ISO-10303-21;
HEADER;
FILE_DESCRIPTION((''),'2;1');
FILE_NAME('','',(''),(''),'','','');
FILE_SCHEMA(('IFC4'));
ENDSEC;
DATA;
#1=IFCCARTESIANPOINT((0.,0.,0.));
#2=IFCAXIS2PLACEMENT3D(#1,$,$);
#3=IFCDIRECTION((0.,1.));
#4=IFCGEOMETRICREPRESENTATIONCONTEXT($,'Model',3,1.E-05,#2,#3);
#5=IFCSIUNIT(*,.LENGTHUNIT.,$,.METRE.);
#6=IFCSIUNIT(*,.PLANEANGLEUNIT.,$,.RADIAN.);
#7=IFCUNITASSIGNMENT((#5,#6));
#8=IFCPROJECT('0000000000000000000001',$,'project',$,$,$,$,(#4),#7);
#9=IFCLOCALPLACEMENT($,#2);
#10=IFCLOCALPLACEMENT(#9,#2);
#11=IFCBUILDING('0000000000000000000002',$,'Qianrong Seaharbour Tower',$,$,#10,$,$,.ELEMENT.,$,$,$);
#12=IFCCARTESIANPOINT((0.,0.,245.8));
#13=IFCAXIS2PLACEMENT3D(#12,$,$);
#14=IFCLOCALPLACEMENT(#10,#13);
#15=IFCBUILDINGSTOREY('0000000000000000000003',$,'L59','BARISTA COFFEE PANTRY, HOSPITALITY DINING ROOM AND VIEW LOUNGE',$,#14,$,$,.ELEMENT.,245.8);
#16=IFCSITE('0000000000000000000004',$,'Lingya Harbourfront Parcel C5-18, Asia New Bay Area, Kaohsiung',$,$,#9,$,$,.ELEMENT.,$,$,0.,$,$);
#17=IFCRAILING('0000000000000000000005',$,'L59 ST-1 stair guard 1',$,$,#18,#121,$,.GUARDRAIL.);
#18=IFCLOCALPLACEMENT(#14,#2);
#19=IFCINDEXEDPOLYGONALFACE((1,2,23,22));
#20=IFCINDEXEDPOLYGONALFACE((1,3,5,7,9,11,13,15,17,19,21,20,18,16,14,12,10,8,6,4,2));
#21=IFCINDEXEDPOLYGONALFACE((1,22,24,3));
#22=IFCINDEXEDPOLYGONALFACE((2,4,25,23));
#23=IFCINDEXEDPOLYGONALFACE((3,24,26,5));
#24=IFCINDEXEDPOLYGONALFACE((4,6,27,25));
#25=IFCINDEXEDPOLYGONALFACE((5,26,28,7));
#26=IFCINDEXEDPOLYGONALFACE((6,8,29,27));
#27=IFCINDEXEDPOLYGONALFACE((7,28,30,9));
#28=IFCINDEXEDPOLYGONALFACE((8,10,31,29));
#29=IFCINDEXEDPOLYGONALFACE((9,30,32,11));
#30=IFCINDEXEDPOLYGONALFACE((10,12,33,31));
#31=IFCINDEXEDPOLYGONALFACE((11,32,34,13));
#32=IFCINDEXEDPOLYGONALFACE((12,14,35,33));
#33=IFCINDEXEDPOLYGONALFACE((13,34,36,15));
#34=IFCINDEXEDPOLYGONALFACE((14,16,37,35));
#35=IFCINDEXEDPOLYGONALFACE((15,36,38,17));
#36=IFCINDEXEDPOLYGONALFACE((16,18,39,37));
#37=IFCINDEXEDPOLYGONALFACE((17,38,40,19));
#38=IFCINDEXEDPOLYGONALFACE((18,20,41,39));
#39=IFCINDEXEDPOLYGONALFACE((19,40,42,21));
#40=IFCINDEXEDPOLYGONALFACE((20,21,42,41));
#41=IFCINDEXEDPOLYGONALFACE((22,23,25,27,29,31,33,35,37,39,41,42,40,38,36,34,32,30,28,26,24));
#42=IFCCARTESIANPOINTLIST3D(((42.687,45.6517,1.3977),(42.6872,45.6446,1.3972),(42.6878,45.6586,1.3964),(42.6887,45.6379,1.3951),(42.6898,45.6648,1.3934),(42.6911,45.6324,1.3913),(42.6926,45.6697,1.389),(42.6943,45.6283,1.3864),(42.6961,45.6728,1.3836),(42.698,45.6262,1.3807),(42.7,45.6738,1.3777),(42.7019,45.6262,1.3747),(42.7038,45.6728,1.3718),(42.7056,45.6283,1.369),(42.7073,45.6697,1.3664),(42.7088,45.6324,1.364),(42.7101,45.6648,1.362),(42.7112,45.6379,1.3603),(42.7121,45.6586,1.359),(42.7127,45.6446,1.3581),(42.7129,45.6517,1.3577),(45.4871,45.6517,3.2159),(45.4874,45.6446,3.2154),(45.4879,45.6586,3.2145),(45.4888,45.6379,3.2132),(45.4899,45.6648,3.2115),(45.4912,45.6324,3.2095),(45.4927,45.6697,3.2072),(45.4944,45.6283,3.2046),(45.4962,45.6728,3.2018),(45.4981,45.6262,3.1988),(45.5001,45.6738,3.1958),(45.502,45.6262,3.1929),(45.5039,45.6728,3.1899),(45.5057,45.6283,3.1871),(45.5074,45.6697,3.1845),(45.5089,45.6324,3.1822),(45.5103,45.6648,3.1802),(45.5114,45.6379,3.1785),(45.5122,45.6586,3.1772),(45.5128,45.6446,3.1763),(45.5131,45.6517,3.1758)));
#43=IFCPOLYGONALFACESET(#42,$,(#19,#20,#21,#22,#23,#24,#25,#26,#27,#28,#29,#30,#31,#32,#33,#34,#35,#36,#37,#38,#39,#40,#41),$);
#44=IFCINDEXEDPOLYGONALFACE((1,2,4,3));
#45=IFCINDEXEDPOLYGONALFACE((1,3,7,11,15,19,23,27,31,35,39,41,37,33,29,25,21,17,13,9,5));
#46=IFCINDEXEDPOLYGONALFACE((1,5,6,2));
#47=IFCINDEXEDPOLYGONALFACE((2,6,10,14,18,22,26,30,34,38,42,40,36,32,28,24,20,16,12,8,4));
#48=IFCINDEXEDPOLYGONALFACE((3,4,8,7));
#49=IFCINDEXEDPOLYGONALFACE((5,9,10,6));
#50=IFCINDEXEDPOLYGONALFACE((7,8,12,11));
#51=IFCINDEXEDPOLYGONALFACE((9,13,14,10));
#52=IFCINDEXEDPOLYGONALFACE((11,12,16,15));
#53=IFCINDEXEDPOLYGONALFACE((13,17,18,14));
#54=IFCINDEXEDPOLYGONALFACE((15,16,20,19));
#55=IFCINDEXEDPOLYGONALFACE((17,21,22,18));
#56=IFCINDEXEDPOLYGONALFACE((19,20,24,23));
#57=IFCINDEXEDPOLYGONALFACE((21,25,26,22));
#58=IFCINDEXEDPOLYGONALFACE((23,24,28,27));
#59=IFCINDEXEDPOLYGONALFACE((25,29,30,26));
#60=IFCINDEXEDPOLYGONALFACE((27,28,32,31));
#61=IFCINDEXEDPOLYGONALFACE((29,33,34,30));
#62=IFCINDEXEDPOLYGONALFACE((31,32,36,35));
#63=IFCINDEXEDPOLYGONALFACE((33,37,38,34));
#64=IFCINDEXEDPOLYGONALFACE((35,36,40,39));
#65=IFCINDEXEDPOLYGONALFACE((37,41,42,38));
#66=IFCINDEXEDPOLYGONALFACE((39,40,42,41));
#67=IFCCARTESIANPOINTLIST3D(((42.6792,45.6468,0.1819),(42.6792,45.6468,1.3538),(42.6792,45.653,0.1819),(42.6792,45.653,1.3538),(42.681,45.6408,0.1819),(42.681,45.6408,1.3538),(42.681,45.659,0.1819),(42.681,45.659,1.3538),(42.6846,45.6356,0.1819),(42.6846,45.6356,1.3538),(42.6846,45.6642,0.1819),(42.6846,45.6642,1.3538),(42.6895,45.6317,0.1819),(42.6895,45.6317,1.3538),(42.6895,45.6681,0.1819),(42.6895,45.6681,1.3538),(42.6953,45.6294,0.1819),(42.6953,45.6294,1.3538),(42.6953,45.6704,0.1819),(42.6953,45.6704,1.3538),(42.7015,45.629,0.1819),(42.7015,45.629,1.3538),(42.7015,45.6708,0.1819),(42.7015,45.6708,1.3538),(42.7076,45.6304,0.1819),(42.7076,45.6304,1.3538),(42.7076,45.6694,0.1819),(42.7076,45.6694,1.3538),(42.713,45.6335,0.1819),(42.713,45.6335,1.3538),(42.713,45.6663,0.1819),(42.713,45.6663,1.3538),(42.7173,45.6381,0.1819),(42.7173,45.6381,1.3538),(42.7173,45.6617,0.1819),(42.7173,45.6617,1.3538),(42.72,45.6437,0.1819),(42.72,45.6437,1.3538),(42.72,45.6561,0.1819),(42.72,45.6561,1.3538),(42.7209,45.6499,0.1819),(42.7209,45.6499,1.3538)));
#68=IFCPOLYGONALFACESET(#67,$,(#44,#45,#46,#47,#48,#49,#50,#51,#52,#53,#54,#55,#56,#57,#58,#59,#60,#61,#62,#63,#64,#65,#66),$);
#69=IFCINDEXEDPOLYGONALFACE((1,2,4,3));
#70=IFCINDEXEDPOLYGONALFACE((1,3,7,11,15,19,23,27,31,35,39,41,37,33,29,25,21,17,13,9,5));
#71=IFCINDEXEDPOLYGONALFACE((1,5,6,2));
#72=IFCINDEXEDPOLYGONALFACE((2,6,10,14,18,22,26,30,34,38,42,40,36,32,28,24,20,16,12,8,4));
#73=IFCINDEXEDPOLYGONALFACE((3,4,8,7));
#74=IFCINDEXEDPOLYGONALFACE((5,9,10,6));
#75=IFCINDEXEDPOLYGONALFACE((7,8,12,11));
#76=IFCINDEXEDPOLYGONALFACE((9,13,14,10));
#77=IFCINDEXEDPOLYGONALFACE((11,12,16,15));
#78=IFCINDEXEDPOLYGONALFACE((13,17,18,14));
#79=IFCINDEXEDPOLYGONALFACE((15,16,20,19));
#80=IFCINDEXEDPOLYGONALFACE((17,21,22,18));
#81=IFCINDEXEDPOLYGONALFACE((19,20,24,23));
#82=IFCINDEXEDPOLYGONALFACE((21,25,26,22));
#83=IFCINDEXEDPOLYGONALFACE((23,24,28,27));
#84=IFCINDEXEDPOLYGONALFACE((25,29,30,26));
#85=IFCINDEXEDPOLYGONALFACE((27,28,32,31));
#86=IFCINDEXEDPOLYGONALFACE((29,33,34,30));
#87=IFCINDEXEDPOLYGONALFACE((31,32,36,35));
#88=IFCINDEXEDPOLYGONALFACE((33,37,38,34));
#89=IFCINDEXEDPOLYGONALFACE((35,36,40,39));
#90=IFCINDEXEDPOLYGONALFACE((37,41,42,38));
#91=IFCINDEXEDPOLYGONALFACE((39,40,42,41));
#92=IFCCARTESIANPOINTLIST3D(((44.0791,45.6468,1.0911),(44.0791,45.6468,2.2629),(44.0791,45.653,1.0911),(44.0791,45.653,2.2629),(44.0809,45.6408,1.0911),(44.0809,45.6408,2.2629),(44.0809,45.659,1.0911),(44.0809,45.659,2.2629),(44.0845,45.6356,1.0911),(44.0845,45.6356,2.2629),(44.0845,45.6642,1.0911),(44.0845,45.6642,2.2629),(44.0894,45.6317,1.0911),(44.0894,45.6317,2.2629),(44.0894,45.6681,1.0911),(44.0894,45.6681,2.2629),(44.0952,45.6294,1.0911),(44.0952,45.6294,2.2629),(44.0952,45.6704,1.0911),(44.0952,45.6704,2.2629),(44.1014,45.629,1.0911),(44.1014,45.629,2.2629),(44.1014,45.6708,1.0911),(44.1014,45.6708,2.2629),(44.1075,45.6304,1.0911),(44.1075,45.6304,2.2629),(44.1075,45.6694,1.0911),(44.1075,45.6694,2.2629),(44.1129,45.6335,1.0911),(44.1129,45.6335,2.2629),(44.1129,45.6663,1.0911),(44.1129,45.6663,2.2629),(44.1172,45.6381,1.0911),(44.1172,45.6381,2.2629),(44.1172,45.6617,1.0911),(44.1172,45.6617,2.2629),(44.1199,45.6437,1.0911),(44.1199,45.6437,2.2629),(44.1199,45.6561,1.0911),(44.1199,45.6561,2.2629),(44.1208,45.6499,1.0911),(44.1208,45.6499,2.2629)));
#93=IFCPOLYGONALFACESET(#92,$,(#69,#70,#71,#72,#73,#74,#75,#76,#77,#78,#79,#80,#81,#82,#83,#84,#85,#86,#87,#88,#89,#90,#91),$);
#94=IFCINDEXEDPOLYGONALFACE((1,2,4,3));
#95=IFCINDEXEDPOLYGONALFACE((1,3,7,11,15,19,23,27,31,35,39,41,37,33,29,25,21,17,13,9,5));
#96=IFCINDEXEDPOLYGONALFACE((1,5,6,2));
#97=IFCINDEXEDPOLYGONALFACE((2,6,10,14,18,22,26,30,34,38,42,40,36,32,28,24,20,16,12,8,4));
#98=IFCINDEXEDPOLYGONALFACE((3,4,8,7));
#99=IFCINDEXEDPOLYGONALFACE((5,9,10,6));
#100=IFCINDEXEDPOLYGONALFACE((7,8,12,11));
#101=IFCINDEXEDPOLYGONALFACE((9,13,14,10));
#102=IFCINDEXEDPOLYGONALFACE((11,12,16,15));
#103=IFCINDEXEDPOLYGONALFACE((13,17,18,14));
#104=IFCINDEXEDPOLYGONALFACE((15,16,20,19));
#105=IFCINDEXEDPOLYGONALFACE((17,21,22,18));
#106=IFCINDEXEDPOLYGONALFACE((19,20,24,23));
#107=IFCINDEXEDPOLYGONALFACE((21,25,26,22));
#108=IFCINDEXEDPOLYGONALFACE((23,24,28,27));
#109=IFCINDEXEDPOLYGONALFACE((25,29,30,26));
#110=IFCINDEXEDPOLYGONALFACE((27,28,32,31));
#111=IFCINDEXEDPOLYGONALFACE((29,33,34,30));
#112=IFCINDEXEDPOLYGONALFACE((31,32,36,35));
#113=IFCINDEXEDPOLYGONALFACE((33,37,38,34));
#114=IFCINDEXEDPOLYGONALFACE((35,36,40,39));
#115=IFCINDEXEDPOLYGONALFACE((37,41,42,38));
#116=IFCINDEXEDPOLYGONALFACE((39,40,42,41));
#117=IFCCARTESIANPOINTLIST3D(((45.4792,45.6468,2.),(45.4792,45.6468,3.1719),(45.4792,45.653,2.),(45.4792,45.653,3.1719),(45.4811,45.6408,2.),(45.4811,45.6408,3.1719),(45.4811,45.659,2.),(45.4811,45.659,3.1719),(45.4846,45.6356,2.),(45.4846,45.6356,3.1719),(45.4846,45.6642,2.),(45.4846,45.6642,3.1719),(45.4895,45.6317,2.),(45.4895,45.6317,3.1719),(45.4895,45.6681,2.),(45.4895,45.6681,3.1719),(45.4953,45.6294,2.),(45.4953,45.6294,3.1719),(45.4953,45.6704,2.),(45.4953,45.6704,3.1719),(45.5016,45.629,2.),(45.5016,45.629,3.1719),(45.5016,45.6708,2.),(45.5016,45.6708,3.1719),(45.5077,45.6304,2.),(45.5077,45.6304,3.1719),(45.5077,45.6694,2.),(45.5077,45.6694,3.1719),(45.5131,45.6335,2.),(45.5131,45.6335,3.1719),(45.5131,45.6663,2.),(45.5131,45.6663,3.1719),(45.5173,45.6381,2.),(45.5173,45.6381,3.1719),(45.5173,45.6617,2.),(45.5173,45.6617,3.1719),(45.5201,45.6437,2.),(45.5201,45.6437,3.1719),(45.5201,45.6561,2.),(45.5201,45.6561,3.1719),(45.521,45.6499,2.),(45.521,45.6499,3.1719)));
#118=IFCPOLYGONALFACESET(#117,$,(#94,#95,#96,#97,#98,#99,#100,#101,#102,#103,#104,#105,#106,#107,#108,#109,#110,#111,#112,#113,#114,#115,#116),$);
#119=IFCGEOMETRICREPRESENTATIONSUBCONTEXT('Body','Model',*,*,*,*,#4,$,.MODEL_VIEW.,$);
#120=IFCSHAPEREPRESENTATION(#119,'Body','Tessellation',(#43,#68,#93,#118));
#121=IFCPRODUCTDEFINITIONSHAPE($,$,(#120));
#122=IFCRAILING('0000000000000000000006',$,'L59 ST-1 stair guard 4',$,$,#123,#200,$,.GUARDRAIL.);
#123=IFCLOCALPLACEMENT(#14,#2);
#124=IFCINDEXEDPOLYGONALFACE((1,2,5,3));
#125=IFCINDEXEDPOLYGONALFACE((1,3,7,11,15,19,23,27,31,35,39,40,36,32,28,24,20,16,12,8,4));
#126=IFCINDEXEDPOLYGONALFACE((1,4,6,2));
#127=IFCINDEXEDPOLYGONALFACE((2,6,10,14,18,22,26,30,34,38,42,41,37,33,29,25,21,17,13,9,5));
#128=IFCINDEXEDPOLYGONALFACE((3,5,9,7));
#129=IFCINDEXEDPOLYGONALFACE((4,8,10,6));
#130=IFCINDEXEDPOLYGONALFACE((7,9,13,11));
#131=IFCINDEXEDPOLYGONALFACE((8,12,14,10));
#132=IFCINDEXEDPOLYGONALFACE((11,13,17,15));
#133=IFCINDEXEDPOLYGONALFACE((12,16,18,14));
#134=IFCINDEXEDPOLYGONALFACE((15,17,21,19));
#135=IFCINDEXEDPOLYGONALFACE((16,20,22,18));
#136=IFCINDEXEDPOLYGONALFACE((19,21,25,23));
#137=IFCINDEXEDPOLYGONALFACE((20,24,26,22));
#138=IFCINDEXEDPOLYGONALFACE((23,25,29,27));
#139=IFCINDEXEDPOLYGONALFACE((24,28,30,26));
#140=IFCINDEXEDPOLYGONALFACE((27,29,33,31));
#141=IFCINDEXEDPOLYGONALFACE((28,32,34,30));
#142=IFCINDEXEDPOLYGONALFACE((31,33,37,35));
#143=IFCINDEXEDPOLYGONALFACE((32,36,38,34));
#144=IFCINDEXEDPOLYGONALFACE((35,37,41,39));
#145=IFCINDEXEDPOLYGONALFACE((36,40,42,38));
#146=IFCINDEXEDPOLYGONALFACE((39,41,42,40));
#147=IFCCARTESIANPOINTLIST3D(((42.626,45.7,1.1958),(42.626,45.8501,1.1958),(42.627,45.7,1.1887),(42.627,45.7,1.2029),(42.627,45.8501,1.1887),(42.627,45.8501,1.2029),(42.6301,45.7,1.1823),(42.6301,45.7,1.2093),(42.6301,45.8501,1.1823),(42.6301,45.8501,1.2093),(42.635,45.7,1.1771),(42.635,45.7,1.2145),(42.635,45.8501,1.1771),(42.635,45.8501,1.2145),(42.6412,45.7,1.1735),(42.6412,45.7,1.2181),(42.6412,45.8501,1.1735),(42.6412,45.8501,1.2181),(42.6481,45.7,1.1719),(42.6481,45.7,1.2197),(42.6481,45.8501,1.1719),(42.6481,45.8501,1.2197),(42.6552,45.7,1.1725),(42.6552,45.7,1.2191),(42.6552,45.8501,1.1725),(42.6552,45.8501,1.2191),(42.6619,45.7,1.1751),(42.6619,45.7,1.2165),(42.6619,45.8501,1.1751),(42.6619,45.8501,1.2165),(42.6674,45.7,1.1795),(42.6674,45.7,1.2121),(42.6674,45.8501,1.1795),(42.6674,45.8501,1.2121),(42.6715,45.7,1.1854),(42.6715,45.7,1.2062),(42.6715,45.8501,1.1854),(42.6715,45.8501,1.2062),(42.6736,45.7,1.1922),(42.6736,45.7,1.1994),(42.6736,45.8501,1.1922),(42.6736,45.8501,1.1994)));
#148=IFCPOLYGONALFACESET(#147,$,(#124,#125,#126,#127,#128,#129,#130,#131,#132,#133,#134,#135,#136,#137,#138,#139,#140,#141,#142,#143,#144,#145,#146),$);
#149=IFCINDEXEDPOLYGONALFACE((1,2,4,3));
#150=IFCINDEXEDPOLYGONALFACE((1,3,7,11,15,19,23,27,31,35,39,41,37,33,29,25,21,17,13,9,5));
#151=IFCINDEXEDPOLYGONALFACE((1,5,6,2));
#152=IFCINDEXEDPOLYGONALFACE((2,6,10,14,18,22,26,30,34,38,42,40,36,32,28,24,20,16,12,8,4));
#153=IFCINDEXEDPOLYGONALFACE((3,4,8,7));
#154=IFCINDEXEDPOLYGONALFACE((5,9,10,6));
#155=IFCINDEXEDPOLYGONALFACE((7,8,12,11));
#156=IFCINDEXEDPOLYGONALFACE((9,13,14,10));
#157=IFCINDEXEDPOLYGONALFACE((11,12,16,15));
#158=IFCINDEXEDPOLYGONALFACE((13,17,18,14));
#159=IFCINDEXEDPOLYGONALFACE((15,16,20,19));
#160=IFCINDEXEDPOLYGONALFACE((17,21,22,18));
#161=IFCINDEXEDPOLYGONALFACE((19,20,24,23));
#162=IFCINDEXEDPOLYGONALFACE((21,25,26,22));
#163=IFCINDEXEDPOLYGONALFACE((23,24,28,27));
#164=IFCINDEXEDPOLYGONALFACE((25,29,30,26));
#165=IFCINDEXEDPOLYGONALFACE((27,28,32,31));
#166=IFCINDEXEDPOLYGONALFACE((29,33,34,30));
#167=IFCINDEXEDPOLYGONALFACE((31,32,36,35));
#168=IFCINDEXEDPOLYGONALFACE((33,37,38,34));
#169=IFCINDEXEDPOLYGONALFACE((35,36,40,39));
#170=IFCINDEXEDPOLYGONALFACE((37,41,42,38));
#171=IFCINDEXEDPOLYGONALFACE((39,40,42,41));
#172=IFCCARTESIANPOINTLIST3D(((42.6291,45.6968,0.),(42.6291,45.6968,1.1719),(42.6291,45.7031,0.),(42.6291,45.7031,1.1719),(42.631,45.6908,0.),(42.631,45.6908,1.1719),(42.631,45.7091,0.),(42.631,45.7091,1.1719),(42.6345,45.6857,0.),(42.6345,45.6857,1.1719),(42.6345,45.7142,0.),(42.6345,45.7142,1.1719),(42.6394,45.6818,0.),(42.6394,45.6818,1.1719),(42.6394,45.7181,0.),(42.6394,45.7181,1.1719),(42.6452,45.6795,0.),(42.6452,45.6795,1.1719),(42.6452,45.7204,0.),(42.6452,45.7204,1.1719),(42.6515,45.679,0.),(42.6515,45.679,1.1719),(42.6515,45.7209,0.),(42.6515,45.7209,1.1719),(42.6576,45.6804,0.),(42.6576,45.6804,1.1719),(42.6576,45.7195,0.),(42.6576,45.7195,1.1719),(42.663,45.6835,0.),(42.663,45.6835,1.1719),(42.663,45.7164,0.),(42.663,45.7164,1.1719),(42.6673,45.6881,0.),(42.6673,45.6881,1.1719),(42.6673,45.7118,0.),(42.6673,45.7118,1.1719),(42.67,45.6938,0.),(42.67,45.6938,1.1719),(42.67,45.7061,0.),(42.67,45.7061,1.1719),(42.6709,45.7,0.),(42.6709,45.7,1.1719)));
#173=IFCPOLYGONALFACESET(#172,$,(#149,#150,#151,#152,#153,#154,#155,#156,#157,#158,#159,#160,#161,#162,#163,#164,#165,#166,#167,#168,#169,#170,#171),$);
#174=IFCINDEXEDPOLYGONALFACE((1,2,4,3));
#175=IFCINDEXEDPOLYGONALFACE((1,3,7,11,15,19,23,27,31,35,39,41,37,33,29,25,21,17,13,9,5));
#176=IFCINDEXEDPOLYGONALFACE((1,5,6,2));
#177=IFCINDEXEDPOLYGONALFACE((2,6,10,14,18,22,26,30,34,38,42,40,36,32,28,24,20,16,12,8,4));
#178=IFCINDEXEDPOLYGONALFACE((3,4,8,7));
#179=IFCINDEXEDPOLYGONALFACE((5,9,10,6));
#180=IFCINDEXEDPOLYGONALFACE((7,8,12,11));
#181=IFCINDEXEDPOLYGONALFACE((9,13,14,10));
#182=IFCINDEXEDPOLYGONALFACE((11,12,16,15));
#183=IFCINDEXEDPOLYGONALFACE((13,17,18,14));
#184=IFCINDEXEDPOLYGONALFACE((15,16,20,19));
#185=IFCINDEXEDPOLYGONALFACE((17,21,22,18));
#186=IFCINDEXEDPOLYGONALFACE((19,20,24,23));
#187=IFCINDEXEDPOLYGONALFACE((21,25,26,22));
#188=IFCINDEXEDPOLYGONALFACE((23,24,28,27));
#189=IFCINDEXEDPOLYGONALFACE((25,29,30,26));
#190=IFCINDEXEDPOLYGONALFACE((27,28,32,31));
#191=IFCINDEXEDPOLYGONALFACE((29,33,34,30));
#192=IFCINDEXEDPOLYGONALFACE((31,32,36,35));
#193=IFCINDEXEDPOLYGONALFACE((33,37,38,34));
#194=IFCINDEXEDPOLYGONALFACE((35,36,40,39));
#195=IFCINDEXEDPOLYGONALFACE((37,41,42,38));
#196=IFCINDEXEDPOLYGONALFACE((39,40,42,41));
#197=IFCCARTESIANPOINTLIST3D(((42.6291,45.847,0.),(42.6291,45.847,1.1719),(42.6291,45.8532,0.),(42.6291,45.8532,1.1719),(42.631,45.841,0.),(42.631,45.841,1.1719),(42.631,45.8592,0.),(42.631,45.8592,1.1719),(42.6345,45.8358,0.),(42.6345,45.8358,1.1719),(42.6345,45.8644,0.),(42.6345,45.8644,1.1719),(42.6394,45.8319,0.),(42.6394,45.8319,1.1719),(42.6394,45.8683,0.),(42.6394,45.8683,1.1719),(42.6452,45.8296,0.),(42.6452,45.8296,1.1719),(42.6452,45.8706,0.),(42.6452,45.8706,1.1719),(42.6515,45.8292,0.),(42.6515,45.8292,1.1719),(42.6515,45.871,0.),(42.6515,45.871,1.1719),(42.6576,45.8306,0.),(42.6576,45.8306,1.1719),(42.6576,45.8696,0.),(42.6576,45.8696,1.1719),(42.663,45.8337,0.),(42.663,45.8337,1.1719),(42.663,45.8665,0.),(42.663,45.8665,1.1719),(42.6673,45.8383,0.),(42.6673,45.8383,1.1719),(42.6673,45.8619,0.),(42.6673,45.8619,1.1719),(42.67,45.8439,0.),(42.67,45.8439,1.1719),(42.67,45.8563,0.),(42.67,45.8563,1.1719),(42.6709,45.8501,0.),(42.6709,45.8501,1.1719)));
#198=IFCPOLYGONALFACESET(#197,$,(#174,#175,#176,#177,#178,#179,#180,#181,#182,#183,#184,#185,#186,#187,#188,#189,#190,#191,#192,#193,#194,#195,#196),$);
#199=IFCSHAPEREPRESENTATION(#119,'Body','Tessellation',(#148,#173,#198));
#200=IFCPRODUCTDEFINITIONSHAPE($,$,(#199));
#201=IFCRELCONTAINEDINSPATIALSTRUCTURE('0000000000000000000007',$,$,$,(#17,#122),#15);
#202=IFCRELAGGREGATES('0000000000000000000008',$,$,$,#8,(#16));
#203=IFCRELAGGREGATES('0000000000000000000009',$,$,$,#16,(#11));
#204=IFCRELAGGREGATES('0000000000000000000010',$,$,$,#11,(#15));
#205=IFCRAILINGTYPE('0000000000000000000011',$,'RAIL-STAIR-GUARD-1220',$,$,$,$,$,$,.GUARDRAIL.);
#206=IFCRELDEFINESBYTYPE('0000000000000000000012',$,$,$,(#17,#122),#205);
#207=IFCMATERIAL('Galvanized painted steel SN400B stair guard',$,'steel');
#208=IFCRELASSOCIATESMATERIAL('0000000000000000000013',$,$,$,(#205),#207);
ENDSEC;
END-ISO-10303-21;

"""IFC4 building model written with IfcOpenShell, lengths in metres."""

from ifc_helpers import new_model, si_unit, direction, frame, origin, origin_2d, place, context, subcontext, project, spatial, circle, extrude, material, type_object, element, save


model = new_model("IFC4")

# Units and contexts
model_context = context("Model", 3, precision=1e-05, world=origin(), true_north=direction((0.0, 1.0)))
body_context = subcontext(model_context, "Body", "Model", "MODEL_VIEW")
ifc_project = project(units=[si_unit("LENGTHUNIT", "METRE"), si_unit("PLANEANGLEUNIT", "RADIAN")], contexts=[model_context])

# Site, building, storey
site_placement = place(None, origin())
site = spatial("IfcSite", under=ifc_project, at=site_placement, Name="Lingya Harbourfront Parcel C5-18, Asia New Bay Area, Kaohsiung", CompositionType="ELEMENT", RefElevation=0.0)
building_placement = place(site_placement, origin())
building = spatial("IfcBuilding", under=site, at=building_placement, Name="Qianrong Seaharbour Tower", CompositionType="ELEMENT")
storey_placement = place(building_placement, frame((0.0, 0.0, 245.8)))
storey = spatial("IfcBuildingStorey", under=building, at=storey_placement, Name="L59", Description="BARISTA COFFEE PANTRY, HOSPITALITY DINING ROOM AND VIEW LOUNGE", CompositionType="ELEMENT", Elevation=245.8)

# Railings
ifc_material_1 = material(Name="Galvanized painted steel SN400B stair guard", Category="steel")
railing_type = type_object("IfcRailingType", Name="RAIL-STAIR-GUARD-1220", PredefinedType="GUARDRAIL", material=ifc_material_1)
railing_1_placement = place(storey_placement, frame((42.7, 45.6499, 0.1819)))
element("IfcRailing", 1, at=railing_1_placement, inside=storey, type_object=railing_type, Name="L59 ST-1 stair guard 1", PredefinedType="GUARDRAIL", context=body_context, shape_type="SweptSolid", body=[
    extrude(circle(Radius=0.0239, at=origin_2d()), frame((0.0, 0.0, 1.1958), z_axis=(0.838706, 0.0, 0.544585), x_axis=(0.0, 1.0, 0.0)), (0.0, 0.0, 1.0), 3.3386),
    extrude(circle(Radius=0.021, at=origin_2d()), origin(), (0.0, 0.0, 1.0), 1.1719),
    extrude(circle(Radius=0.021, at=origin_2d()), frame((1.3999, 0.0, 0.9092)), (0.0, 0.0, 1.0), 1.1719),
    extrude(circle(Radius=0.021, at=origin_2d()), frame((2.8, 0.0, 1.8181)), (0.0, 0.0, 1.0), 1.1719),
])
railing_2_placement = place(storey_placement, frame((42.6499, 45.7, 0.0)))
element("IfcRailing", 2, at=railing_2_placement, inside=storey, type_object=railing_type, Name="L59 ST-1 stair guard 4", PredefinedType="GUARDRAIL", context=body_context, shape_type="SweptSolid", body=[
    extrude(circle(Radius=0.0239, at=origin_2d()), frame((0.0, 0.0, 1.1958), z_axis=(0.0, 1.0, 0.0), x_axis=(-1.0, 0.0, 0.0)), (0.0, 0.0, 1.0), 0.1501),
    extrude(circle(Radius=0.021, at=origin_2d()), origin(), (0.0, 0.0, 1.0), 1.1719),
    extrude(circle(Radius=0.021, at=origin_2d()), frame((0.0, 0.1501, 0.0)), (0.0, 0.0, 1.0), 1.1719),
])

save(model, "model.ifc")
